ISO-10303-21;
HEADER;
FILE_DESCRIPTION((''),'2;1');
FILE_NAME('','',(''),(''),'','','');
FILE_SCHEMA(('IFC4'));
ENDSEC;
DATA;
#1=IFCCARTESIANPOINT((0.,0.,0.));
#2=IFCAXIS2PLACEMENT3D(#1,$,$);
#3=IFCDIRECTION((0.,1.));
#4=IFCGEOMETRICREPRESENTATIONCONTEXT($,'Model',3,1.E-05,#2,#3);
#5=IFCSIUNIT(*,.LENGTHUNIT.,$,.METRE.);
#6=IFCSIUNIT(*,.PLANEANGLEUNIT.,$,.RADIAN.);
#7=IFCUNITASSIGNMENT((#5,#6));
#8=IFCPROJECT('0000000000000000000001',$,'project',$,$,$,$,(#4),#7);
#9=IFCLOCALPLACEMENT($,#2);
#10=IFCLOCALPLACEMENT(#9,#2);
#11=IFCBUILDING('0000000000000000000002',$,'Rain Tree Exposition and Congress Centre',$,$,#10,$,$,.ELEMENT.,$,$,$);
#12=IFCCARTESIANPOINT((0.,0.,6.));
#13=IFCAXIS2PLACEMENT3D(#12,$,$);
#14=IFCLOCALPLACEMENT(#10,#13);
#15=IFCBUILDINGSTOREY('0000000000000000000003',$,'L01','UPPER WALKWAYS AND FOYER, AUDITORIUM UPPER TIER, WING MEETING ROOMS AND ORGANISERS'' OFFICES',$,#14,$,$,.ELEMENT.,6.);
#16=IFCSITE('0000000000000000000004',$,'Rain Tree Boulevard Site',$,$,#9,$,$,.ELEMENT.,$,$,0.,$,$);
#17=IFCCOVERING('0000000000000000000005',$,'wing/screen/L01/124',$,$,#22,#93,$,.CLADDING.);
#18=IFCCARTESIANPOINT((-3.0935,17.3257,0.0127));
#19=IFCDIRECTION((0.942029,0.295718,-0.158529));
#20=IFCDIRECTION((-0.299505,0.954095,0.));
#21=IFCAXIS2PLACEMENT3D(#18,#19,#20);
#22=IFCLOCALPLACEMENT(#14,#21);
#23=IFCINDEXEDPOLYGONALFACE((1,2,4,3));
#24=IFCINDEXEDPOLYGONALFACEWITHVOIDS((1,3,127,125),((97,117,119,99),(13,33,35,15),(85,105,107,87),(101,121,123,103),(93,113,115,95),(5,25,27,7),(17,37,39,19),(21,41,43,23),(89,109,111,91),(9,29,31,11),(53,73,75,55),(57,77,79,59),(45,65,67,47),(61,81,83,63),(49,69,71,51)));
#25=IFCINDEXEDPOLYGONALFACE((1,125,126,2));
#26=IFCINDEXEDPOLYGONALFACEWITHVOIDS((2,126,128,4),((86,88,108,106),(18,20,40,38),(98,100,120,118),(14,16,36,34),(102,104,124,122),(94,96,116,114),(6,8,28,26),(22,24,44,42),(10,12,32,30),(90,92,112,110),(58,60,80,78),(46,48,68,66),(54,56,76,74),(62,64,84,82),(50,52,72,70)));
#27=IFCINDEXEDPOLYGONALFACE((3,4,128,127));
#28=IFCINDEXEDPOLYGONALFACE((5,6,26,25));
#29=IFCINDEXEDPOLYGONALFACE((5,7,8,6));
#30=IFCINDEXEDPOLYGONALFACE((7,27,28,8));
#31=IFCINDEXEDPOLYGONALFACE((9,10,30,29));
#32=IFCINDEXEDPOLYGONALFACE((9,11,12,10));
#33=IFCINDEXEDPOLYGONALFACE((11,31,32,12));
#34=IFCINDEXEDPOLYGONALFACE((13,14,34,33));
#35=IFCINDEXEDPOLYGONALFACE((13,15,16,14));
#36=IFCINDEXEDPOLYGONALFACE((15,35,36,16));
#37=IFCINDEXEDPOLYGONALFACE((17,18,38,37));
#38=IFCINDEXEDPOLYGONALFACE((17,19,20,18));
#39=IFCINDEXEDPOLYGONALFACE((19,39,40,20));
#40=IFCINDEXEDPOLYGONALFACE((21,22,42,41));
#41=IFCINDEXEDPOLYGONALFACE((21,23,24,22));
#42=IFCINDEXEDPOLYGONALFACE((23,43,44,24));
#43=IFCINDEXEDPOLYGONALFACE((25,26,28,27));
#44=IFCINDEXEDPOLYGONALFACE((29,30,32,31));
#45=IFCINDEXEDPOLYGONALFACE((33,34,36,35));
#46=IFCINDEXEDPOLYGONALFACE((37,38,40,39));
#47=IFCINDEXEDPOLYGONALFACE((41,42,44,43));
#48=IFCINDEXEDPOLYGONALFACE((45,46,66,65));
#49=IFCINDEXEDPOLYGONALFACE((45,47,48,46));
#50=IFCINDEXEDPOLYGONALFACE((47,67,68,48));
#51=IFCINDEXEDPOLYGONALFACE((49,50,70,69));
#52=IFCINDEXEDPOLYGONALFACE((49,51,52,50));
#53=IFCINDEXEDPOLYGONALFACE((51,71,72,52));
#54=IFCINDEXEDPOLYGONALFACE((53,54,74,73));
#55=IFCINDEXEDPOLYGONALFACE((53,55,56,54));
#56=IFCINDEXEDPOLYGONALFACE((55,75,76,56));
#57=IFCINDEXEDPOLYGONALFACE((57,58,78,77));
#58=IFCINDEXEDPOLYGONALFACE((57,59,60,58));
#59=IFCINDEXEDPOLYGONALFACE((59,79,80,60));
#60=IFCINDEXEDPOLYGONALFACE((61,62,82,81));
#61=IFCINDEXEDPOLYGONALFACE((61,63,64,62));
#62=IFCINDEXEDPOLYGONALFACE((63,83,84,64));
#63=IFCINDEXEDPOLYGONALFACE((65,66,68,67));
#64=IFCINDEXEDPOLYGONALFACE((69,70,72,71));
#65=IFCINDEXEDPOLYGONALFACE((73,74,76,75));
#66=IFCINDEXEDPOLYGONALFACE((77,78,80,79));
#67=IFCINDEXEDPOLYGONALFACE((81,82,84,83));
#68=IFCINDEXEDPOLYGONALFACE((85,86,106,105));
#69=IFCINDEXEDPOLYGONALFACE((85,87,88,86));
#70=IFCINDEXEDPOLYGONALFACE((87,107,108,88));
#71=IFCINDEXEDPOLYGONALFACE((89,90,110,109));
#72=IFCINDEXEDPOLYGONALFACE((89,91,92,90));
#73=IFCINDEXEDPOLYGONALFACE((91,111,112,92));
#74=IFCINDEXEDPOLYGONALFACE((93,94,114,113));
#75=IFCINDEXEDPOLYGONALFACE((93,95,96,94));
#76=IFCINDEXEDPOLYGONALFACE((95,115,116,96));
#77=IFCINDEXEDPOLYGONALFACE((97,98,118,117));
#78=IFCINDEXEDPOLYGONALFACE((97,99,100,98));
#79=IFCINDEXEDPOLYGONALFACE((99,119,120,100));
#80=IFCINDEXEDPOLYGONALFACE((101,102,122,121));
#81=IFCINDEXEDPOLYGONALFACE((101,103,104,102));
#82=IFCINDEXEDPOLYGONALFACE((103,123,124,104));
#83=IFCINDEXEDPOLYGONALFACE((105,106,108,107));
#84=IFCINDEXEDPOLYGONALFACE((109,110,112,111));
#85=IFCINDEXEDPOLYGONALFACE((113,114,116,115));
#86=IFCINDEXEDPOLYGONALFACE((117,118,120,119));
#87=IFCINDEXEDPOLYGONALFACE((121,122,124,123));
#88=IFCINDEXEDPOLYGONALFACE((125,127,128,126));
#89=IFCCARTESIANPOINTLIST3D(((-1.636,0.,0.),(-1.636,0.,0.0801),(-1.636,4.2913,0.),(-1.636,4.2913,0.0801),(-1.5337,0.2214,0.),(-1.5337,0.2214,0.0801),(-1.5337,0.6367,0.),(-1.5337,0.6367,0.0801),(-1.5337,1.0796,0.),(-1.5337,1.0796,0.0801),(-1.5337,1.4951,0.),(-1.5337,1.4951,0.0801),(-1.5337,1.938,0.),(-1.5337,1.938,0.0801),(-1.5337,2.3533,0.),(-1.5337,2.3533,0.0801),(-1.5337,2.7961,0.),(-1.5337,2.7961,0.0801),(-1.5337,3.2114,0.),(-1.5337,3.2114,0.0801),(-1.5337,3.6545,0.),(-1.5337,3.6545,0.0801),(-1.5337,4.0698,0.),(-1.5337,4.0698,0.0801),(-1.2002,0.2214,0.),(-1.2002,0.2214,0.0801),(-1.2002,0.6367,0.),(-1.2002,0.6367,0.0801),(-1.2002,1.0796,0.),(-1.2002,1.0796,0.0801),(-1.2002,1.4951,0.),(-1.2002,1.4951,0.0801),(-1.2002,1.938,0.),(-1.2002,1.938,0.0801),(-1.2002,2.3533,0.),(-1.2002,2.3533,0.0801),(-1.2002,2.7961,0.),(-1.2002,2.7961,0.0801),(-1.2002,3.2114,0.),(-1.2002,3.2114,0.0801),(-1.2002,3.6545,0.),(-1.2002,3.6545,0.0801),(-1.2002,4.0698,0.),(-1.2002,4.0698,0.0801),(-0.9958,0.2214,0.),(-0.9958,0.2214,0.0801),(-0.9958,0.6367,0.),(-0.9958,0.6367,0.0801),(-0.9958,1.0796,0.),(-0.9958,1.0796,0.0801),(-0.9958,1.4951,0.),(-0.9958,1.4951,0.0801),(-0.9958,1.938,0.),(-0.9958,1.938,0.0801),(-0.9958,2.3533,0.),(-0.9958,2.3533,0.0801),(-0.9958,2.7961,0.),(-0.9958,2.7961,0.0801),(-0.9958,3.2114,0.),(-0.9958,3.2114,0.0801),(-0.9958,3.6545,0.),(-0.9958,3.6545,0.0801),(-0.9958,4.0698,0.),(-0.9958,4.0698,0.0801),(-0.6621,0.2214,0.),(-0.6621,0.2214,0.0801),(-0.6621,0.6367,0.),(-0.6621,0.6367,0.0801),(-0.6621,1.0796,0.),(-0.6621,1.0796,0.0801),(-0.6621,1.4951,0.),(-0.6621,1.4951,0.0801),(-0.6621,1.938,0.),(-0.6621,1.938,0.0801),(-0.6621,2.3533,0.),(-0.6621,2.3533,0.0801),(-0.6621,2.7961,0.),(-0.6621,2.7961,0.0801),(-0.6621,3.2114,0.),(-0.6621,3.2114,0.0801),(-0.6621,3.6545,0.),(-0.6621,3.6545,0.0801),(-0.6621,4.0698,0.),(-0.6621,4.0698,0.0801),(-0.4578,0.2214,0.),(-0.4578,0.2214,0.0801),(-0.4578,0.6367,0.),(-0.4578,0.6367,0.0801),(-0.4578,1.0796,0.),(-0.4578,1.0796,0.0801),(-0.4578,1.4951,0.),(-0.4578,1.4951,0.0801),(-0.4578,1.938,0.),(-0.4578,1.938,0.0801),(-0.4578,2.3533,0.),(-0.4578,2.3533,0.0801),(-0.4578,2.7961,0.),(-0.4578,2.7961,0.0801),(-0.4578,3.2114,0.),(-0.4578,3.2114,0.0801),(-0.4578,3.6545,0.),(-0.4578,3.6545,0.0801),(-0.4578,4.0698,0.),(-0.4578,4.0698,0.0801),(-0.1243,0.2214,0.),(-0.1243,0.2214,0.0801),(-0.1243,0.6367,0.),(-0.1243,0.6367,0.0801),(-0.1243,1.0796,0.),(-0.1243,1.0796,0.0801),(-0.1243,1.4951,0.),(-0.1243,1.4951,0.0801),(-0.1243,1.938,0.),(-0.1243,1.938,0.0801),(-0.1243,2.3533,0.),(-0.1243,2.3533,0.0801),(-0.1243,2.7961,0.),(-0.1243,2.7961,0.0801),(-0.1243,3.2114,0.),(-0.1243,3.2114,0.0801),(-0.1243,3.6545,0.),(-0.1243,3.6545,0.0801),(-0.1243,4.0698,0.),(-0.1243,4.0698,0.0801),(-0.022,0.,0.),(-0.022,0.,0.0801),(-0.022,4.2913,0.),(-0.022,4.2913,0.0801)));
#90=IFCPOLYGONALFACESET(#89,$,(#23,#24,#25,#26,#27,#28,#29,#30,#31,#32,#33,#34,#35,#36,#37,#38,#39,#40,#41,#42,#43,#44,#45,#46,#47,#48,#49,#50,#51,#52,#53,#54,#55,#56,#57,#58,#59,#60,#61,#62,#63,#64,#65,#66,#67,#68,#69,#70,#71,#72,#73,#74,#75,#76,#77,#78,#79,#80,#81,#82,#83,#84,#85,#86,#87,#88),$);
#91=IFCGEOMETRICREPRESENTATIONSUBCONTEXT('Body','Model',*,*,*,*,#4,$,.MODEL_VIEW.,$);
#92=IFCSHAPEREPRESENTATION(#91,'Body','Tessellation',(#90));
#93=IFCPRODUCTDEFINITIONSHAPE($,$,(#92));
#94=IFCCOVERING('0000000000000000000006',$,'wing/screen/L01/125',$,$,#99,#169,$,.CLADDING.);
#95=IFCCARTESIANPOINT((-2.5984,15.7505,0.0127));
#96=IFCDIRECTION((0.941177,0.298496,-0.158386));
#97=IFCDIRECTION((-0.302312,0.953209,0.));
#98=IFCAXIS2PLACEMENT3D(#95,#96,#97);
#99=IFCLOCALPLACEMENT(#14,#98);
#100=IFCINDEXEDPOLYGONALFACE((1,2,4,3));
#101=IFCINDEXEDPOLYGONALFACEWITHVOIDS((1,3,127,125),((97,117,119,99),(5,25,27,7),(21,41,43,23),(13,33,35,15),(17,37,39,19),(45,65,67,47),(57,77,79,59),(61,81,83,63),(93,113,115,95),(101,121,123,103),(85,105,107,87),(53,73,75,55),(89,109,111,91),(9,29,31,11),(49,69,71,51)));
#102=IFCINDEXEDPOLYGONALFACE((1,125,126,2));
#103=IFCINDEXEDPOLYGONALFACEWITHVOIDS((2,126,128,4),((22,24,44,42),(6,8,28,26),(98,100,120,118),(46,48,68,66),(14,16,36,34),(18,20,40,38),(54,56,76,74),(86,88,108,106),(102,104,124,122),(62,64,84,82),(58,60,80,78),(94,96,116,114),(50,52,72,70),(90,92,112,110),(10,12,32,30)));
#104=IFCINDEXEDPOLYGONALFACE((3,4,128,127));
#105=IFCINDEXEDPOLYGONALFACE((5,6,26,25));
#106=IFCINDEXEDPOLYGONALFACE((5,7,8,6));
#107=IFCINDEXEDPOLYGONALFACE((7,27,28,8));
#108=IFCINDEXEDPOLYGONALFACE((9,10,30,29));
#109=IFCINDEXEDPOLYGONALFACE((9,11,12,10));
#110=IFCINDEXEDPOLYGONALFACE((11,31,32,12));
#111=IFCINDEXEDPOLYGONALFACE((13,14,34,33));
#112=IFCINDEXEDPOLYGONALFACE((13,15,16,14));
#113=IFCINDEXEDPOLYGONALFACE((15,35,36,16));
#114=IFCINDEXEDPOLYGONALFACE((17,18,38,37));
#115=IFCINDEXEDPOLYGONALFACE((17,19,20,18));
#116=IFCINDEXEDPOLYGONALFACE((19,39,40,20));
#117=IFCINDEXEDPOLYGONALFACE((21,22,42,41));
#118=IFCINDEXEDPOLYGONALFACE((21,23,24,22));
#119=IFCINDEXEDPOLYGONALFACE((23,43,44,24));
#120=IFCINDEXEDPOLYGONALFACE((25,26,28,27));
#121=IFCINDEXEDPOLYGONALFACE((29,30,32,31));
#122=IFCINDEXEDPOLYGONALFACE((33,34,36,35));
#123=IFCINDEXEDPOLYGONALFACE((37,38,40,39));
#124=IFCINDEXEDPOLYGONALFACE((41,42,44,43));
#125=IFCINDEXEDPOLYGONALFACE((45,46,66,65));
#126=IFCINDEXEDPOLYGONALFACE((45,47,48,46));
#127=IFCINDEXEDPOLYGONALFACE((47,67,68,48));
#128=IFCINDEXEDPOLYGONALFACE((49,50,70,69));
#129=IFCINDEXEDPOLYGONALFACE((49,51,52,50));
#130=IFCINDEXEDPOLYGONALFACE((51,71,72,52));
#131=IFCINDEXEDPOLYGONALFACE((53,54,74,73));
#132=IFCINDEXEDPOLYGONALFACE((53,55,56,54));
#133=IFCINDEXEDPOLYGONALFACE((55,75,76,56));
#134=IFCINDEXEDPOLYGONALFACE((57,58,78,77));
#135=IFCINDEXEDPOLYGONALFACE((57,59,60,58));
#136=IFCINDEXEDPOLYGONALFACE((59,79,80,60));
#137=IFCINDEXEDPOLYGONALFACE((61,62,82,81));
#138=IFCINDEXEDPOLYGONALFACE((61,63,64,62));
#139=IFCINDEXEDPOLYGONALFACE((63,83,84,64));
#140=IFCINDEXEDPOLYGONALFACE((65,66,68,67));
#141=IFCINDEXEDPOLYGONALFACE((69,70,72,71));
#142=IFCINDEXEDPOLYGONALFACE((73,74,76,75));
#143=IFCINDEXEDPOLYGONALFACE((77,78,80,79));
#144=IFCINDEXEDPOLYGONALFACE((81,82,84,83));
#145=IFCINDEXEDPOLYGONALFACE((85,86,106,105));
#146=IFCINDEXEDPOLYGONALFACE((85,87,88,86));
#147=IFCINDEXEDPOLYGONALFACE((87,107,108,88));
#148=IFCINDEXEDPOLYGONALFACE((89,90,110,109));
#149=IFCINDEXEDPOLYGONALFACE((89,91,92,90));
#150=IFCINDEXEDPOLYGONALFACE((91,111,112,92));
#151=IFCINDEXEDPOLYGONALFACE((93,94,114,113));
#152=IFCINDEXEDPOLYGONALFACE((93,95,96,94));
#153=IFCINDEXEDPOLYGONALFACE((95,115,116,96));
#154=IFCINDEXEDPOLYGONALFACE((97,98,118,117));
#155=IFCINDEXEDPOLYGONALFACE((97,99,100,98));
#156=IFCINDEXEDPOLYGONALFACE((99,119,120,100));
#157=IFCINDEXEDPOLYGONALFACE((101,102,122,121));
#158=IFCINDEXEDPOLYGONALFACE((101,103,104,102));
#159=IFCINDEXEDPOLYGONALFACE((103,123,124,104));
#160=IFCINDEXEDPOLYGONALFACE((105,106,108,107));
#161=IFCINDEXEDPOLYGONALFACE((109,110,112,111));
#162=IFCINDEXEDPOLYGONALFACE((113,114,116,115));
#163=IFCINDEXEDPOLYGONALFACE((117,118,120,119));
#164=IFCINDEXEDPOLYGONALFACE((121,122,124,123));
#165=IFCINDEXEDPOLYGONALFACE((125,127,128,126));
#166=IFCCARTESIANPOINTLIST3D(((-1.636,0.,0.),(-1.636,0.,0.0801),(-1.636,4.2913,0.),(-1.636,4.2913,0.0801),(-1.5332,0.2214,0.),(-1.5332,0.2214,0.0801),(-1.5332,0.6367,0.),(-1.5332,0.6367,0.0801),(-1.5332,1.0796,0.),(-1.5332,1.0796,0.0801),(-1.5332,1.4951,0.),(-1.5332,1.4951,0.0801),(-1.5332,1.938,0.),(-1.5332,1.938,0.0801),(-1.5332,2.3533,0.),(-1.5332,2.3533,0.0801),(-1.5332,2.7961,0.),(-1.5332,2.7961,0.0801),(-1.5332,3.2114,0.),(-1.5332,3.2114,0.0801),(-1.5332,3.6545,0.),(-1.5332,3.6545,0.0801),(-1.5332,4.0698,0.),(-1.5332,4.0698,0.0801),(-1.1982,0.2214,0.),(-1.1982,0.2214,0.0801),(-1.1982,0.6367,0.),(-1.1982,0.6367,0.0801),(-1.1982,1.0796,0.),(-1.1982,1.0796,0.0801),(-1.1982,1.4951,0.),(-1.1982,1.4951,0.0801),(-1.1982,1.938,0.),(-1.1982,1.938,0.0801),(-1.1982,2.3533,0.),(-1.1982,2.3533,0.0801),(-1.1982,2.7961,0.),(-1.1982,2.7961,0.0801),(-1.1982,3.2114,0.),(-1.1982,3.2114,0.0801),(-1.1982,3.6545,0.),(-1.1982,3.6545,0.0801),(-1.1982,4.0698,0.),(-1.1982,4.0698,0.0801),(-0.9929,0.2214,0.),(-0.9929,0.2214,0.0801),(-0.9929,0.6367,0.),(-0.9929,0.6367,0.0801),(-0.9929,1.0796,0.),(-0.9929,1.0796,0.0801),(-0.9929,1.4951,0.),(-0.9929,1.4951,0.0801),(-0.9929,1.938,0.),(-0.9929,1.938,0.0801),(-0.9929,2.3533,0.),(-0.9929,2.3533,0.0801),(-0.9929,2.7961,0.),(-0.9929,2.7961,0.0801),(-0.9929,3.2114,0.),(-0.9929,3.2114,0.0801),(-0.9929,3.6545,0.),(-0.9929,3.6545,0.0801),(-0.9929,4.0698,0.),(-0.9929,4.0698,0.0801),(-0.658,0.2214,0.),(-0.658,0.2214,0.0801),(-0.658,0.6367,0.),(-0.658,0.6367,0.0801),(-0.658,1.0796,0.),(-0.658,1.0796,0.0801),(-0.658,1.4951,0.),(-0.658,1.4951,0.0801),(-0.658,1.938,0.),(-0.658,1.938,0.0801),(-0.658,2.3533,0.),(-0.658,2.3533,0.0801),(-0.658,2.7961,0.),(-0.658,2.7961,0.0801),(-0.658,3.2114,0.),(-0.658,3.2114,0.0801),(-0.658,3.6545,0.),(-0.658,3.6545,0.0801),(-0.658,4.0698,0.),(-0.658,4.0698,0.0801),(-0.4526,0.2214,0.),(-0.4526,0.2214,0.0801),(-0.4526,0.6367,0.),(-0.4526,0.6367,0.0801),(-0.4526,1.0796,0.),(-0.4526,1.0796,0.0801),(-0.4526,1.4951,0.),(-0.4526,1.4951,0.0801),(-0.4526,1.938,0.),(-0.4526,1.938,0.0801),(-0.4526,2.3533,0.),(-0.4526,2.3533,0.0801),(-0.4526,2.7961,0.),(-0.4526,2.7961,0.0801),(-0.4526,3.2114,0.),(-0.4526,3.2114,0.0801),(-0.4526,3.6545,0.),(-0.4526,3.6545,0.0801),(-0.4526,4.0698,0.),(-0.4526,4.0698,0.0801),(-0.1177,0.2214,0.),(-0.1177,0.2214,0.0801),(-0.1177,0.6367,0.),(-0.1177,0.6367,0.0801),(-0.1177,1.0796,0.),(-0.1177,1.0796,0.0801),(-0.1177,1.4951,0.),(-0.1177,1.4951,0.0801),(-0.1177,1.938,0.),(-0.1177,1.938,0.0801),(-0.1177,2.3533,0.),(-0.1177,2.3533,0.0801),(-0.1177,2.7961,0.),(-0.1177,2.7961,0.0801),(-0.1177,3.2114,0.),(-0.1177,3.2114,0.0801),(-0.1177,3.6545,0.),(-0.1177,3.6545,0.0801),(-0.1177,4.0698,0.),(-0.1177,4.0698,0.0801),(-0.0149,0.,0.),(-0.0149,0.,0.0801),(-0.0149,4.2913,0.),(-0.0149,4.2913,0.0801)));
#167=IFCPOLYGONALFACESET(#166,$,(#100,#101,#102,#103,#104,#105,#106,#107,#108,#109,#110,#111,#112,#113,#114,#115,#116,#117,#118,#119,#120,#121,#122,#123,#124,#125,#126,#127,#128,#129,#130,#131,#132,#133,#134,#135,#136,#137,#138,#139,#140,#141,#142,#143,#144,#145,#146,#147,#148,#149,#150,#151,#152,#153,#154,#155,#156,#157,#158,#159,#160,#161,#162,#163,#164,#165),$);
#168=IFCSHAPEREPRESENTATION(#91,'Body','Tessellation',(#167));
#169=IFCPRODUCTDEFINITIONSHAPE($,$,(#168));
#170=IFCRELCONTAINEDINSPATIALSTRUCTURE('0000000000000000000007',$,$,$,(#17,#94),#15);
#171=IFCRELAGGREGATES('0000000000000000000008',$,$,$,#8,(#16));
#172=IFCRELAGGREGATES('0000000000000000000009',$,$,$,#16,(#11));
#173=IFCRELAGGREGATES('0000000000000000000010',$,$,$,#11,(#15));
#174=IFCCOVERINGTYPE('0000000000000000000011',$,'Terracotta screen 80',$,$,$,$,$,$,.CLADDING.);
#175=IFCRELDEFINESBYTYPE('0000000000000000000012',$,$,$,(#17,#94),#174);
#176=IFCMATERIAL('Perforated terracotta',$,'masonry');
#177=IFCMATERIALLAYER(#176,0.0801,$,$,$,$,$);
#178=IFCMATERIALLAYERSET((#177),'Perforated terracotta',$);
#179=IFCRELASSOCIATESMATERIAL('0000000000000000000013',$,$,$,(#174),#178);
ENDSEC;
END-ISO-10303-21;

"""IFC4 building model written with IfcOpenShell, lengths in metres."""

from ifc_helpers import new_model, si_unit, direction, frame, origin, place, context, subcontext, project, spatial, polyline, outline, extrude, material, layer, layer_set, type_object, element, save


model = new_model("IFC4")

# Units and contexts
model_context = context("Model", 3, precision=1e-05, world=origin(), true_north=direction((0.0, 1.0)))
body_context = subcontext(model_context, "Body", "Model", "MODEL_VIEW")
ifc_project = project(units=[si_unit("LENGTHUNIT", "METRE"), si_unit("PLANEANGLEUNIT", "RADIAN")], contexts=[model_context])

# Site, building, storey
site_placement = place(None, origin())
site = spatial("IfcSite", under=ifc_project, at=site_placement, Name="Rain Tree Boulevard Site", CompositionType="ELEMENT", RefElevation=0.0)
building_placement = place(site_placement, origin())
building = spatial("IfcBuilding", under=site, at=building_placement, Name="Rain Tree Exposition and Congress Centre", CompositionType="ELEMENT")
storey_placement = place(building_placement, frame((0.0, 0.0, 6.0)))
storey = spatial("IfcBuildingStorey", under=building, at=storey_placement, Name="L01", Description="UPPER WALKWAYS AND FOYER, AUDITORIUM UPPER TIER, WING MEETING ROOMS AND ORGANISERS' OFFICES", CompositionType="ELEMENT", Elevation=6.0)

# Coverings
ifc_material_1 = material(Name="Perforated terracotta", Category="masonry")
ifc_layer_1 = layer(ifc_material_1, 0.0801)
ifc_layer_set_1 = layer_set([ifc_layer_1], Name="Perforated terracotta")
covering_type = type_object("IfcCoveringType", Name="Terracotta screen 80", PredefinedType="CLADDING", material=ifc_layer_set_1)
covering_1_placement = place(storey_placement, frame((-3.0935, 17.3257, 0.0127), z_axis=(0.942029, 0.295718, -0.158529), x_axis=(-0.299505, 0.954095, 0.0)))
element("IfcCovering", 1, at=covering_1_placement, inside=storey, type_object=covering_type, Name="wing/screen/L01/124", PredefinedType="CLADDING", context=body_context, shape_type="SweptSolid", body=[
    extrude(outline(polyline([(-1.636, 0.0), (-1.636, 4.2913), (-0.022, 4.2913), (-0.022, 0.0), (-1.636, 0.0)]), holes=[polyline([(-0.1243, 0.2214), (-0.1243, 0.6367), (-0.4578, 0.6367), (-0.4578, 0.2214), (-0.1243, 0.2214)]), polyline([(-0.1243, 1.0796), (-0.1243, 1.4951), (-0.4578, 1.4951), (-0.4578, 1.0796), (-0.1243, 1.0796)]), polyline([(-0.1243, 1.938), (-0.1243, 2.3533), (-0.4578, 2.3533), (-0.4578, 1.938), (-0.1243, 1.938)]), polyline([(-0.1243, 2.7961), (-0.1243, 3.2114), (-0.4578, 3.2114), (-0.4578, 2.7961), (-0.1243, 2.7961)]), polyline([(-0.1243, 3.6545), (-0.1243, 4.0698), (-0.4578, 4.0698), (-0.4578, 3.6545), (-0.1243, 3.6545)]), polyline([(-0.6621, 0.2214), (-0.6621, 0.6367), (-0.9958, 0.6367), (-0.9958, 0.2214), (-0.6621, 0.2214)]), polyline([(-0.6621, 1.0796), (-0.6621, 1.4951), (-0.9958, 1.4951), (-0.9958, 1.0796), (-0.6621, 1.0796)]), polyline([(-0.6621, 1.938), (-0.6621, 2.3533), (-0.9958, 2.3533), (-0.9958, 1.938), (-0.6621, 1.938)]), polyline([(-0.6621, 2.7961), (-0.6621, 3.2114), (-0.9958, 3.2114), (-0.9958, 2.7961), (-0.6621, 2.7961)]), polyline([(-0.6621, 3.6545), (-0.6621, 4.0698), (-0.9958, 4.0698), (-0.9958, 3.6545), (-0.6621, 3.6545)]), polyline([(-1.2002, 0.2214), (-1.2002, 0.6367), (-1.5337, 0.6367), (-1.5337, 0.2214), (-1.2002, 0.2214)]), polyline([(-1.2002, 1.0796), (-1.2002, 1.4951), (-1.5337, 1.4951), (-1.5337, 1.0796), (-1.2002, 1.0796)]), polyline([(-1.2002, 1.938), (-1.2002, 2.3533), (-1.5337, 2.3533), (-1.5337, 1.938), (-1.2002, 1.938)]), polyline([(-1.2002, 2.7961), (-1.2002, 3.2114), (-1.5337, 3.2114), (-1.5337, 2.7961), (-1.2002, 2.7961)]), polyline([(-1.2002, 3.6545), (-1.2002, 4.0698), (-1.5337, 4.0698), (-1.5337, 3.6545), (-1.2002, 3.6545)])]), origin(), (0.0, 0.0, 1.0), 0.0801),
])
covering_2_placement = place(storey_placement, frame((-2.5984, 15.7505, 0.0127), z_axis=(0.941177, 0.298496, -0.158386), x_axis=(-0.302312, 0.953209, 0.0)))
element("IfcCovering", 2, at=covering_2_placement, inside=storey, type_object=covering_type, Name="wing/screen/L01/125", PredefinedType="CLADDING", context=body_context, shape_type="SweptSolid", body=[
    extrude(outline(polyline([(-1.636, 0.0), (-1.636, 4.2913), (-0.0149, 4.2913), (-0.0149, 0.0), (-1.636, 0.0)]), holes=[polyline([(-0.1177, 0.2214), (-0.1177, 0.6367), (-0.4526, 0.6367), (-0.4526, 0.2214), (-0.1177, 0.2214)]), polyline([(-0.1177, 1.0796), (-0.1177, 1.4951), (-0.4526, 1.4951), (-0.4526, 1.0796), (-0.1177, 1.0796)]), polyline([(-0.1177, 1.938), (-0.1177, 2.3533), (-0.4526, 2.3533), (-0.4526, 1.938), (-0.1177, 1.938)]), polyline([(-0.1177, 2.7961), (-0.1177, 3.2114), (-0.4526, 3.2114), (-0.4526, 2.7961), (-0.1177, 2.7961)]), polyline([(-0.1177, 3.6545), (-0.1177, 4.0698), (-0.4526, 4.0698), (-0.4526, 3.6545), (-0.1177, 3.6545)]), polyline([(-0.658, 0.2214), (-0.658, 0.6367), (-0.9929, 0.6367), (-0.9929, 0.2214), (-0.658, 0.2214)]), polyline([(-0.658, 1.0796), (-0.658, 1.4951), (-0.9929, 1.4951), (-0.9929, 1.0796), (-0.658, 1.0796)]), polyline([(-0.658, 1.938), (-0.658, 2.3533), (-0.9929, 2.3533), (-0.9929, 1.938), (-0.658, 1.938)]), polyline([(-0.658, 2.7961), (-0.658, 3.2114), (-0.9929, 3.2114), (-0.9929, 2.7961), (-0.658, 2.7961)]), polyline([(-0.658, 3.6545), (-0.658, 4.0698), (-0.9929, 4.0698), (-0.9929, 3.6545), (-0.658, 3.6545)]), polyline([(-1.1982, 0.2214), (-1.1982, 0.6367), (-1.5332, 0.6367), (-1.5332, 0.2214), (-1.1982, 0.2214)]), polyline([(-1.1982, 1.0796), (-1.1982, 1.4951), (-1.5332, 1.4951), (-1.5332, 1.0796), (-1.1982, 1.0796)]), polyline([(-1.1982, 1.938), (-1.1982, 2.3533), (-1.5332, 2.3533), (-1.5332, 1.938), (-1.1982, 1.938)]), polyline([(-1.1982, 2.7961), (-1.1982, 3.2114), (-1.5332, 3.2114), (-1.5332, 2.7961), (-1.1982, 2.7961)]), polyline([(-1.1982, 3.6545), (-1.1982, 4.0698), (-1.5332, 4.0698), (-1.5332, 3.6545), (-1.1982, 3.6545)])]), origin(), (0.0, 0.0, 1.0), 0.0801),
])

save(model, "model.ifc")
